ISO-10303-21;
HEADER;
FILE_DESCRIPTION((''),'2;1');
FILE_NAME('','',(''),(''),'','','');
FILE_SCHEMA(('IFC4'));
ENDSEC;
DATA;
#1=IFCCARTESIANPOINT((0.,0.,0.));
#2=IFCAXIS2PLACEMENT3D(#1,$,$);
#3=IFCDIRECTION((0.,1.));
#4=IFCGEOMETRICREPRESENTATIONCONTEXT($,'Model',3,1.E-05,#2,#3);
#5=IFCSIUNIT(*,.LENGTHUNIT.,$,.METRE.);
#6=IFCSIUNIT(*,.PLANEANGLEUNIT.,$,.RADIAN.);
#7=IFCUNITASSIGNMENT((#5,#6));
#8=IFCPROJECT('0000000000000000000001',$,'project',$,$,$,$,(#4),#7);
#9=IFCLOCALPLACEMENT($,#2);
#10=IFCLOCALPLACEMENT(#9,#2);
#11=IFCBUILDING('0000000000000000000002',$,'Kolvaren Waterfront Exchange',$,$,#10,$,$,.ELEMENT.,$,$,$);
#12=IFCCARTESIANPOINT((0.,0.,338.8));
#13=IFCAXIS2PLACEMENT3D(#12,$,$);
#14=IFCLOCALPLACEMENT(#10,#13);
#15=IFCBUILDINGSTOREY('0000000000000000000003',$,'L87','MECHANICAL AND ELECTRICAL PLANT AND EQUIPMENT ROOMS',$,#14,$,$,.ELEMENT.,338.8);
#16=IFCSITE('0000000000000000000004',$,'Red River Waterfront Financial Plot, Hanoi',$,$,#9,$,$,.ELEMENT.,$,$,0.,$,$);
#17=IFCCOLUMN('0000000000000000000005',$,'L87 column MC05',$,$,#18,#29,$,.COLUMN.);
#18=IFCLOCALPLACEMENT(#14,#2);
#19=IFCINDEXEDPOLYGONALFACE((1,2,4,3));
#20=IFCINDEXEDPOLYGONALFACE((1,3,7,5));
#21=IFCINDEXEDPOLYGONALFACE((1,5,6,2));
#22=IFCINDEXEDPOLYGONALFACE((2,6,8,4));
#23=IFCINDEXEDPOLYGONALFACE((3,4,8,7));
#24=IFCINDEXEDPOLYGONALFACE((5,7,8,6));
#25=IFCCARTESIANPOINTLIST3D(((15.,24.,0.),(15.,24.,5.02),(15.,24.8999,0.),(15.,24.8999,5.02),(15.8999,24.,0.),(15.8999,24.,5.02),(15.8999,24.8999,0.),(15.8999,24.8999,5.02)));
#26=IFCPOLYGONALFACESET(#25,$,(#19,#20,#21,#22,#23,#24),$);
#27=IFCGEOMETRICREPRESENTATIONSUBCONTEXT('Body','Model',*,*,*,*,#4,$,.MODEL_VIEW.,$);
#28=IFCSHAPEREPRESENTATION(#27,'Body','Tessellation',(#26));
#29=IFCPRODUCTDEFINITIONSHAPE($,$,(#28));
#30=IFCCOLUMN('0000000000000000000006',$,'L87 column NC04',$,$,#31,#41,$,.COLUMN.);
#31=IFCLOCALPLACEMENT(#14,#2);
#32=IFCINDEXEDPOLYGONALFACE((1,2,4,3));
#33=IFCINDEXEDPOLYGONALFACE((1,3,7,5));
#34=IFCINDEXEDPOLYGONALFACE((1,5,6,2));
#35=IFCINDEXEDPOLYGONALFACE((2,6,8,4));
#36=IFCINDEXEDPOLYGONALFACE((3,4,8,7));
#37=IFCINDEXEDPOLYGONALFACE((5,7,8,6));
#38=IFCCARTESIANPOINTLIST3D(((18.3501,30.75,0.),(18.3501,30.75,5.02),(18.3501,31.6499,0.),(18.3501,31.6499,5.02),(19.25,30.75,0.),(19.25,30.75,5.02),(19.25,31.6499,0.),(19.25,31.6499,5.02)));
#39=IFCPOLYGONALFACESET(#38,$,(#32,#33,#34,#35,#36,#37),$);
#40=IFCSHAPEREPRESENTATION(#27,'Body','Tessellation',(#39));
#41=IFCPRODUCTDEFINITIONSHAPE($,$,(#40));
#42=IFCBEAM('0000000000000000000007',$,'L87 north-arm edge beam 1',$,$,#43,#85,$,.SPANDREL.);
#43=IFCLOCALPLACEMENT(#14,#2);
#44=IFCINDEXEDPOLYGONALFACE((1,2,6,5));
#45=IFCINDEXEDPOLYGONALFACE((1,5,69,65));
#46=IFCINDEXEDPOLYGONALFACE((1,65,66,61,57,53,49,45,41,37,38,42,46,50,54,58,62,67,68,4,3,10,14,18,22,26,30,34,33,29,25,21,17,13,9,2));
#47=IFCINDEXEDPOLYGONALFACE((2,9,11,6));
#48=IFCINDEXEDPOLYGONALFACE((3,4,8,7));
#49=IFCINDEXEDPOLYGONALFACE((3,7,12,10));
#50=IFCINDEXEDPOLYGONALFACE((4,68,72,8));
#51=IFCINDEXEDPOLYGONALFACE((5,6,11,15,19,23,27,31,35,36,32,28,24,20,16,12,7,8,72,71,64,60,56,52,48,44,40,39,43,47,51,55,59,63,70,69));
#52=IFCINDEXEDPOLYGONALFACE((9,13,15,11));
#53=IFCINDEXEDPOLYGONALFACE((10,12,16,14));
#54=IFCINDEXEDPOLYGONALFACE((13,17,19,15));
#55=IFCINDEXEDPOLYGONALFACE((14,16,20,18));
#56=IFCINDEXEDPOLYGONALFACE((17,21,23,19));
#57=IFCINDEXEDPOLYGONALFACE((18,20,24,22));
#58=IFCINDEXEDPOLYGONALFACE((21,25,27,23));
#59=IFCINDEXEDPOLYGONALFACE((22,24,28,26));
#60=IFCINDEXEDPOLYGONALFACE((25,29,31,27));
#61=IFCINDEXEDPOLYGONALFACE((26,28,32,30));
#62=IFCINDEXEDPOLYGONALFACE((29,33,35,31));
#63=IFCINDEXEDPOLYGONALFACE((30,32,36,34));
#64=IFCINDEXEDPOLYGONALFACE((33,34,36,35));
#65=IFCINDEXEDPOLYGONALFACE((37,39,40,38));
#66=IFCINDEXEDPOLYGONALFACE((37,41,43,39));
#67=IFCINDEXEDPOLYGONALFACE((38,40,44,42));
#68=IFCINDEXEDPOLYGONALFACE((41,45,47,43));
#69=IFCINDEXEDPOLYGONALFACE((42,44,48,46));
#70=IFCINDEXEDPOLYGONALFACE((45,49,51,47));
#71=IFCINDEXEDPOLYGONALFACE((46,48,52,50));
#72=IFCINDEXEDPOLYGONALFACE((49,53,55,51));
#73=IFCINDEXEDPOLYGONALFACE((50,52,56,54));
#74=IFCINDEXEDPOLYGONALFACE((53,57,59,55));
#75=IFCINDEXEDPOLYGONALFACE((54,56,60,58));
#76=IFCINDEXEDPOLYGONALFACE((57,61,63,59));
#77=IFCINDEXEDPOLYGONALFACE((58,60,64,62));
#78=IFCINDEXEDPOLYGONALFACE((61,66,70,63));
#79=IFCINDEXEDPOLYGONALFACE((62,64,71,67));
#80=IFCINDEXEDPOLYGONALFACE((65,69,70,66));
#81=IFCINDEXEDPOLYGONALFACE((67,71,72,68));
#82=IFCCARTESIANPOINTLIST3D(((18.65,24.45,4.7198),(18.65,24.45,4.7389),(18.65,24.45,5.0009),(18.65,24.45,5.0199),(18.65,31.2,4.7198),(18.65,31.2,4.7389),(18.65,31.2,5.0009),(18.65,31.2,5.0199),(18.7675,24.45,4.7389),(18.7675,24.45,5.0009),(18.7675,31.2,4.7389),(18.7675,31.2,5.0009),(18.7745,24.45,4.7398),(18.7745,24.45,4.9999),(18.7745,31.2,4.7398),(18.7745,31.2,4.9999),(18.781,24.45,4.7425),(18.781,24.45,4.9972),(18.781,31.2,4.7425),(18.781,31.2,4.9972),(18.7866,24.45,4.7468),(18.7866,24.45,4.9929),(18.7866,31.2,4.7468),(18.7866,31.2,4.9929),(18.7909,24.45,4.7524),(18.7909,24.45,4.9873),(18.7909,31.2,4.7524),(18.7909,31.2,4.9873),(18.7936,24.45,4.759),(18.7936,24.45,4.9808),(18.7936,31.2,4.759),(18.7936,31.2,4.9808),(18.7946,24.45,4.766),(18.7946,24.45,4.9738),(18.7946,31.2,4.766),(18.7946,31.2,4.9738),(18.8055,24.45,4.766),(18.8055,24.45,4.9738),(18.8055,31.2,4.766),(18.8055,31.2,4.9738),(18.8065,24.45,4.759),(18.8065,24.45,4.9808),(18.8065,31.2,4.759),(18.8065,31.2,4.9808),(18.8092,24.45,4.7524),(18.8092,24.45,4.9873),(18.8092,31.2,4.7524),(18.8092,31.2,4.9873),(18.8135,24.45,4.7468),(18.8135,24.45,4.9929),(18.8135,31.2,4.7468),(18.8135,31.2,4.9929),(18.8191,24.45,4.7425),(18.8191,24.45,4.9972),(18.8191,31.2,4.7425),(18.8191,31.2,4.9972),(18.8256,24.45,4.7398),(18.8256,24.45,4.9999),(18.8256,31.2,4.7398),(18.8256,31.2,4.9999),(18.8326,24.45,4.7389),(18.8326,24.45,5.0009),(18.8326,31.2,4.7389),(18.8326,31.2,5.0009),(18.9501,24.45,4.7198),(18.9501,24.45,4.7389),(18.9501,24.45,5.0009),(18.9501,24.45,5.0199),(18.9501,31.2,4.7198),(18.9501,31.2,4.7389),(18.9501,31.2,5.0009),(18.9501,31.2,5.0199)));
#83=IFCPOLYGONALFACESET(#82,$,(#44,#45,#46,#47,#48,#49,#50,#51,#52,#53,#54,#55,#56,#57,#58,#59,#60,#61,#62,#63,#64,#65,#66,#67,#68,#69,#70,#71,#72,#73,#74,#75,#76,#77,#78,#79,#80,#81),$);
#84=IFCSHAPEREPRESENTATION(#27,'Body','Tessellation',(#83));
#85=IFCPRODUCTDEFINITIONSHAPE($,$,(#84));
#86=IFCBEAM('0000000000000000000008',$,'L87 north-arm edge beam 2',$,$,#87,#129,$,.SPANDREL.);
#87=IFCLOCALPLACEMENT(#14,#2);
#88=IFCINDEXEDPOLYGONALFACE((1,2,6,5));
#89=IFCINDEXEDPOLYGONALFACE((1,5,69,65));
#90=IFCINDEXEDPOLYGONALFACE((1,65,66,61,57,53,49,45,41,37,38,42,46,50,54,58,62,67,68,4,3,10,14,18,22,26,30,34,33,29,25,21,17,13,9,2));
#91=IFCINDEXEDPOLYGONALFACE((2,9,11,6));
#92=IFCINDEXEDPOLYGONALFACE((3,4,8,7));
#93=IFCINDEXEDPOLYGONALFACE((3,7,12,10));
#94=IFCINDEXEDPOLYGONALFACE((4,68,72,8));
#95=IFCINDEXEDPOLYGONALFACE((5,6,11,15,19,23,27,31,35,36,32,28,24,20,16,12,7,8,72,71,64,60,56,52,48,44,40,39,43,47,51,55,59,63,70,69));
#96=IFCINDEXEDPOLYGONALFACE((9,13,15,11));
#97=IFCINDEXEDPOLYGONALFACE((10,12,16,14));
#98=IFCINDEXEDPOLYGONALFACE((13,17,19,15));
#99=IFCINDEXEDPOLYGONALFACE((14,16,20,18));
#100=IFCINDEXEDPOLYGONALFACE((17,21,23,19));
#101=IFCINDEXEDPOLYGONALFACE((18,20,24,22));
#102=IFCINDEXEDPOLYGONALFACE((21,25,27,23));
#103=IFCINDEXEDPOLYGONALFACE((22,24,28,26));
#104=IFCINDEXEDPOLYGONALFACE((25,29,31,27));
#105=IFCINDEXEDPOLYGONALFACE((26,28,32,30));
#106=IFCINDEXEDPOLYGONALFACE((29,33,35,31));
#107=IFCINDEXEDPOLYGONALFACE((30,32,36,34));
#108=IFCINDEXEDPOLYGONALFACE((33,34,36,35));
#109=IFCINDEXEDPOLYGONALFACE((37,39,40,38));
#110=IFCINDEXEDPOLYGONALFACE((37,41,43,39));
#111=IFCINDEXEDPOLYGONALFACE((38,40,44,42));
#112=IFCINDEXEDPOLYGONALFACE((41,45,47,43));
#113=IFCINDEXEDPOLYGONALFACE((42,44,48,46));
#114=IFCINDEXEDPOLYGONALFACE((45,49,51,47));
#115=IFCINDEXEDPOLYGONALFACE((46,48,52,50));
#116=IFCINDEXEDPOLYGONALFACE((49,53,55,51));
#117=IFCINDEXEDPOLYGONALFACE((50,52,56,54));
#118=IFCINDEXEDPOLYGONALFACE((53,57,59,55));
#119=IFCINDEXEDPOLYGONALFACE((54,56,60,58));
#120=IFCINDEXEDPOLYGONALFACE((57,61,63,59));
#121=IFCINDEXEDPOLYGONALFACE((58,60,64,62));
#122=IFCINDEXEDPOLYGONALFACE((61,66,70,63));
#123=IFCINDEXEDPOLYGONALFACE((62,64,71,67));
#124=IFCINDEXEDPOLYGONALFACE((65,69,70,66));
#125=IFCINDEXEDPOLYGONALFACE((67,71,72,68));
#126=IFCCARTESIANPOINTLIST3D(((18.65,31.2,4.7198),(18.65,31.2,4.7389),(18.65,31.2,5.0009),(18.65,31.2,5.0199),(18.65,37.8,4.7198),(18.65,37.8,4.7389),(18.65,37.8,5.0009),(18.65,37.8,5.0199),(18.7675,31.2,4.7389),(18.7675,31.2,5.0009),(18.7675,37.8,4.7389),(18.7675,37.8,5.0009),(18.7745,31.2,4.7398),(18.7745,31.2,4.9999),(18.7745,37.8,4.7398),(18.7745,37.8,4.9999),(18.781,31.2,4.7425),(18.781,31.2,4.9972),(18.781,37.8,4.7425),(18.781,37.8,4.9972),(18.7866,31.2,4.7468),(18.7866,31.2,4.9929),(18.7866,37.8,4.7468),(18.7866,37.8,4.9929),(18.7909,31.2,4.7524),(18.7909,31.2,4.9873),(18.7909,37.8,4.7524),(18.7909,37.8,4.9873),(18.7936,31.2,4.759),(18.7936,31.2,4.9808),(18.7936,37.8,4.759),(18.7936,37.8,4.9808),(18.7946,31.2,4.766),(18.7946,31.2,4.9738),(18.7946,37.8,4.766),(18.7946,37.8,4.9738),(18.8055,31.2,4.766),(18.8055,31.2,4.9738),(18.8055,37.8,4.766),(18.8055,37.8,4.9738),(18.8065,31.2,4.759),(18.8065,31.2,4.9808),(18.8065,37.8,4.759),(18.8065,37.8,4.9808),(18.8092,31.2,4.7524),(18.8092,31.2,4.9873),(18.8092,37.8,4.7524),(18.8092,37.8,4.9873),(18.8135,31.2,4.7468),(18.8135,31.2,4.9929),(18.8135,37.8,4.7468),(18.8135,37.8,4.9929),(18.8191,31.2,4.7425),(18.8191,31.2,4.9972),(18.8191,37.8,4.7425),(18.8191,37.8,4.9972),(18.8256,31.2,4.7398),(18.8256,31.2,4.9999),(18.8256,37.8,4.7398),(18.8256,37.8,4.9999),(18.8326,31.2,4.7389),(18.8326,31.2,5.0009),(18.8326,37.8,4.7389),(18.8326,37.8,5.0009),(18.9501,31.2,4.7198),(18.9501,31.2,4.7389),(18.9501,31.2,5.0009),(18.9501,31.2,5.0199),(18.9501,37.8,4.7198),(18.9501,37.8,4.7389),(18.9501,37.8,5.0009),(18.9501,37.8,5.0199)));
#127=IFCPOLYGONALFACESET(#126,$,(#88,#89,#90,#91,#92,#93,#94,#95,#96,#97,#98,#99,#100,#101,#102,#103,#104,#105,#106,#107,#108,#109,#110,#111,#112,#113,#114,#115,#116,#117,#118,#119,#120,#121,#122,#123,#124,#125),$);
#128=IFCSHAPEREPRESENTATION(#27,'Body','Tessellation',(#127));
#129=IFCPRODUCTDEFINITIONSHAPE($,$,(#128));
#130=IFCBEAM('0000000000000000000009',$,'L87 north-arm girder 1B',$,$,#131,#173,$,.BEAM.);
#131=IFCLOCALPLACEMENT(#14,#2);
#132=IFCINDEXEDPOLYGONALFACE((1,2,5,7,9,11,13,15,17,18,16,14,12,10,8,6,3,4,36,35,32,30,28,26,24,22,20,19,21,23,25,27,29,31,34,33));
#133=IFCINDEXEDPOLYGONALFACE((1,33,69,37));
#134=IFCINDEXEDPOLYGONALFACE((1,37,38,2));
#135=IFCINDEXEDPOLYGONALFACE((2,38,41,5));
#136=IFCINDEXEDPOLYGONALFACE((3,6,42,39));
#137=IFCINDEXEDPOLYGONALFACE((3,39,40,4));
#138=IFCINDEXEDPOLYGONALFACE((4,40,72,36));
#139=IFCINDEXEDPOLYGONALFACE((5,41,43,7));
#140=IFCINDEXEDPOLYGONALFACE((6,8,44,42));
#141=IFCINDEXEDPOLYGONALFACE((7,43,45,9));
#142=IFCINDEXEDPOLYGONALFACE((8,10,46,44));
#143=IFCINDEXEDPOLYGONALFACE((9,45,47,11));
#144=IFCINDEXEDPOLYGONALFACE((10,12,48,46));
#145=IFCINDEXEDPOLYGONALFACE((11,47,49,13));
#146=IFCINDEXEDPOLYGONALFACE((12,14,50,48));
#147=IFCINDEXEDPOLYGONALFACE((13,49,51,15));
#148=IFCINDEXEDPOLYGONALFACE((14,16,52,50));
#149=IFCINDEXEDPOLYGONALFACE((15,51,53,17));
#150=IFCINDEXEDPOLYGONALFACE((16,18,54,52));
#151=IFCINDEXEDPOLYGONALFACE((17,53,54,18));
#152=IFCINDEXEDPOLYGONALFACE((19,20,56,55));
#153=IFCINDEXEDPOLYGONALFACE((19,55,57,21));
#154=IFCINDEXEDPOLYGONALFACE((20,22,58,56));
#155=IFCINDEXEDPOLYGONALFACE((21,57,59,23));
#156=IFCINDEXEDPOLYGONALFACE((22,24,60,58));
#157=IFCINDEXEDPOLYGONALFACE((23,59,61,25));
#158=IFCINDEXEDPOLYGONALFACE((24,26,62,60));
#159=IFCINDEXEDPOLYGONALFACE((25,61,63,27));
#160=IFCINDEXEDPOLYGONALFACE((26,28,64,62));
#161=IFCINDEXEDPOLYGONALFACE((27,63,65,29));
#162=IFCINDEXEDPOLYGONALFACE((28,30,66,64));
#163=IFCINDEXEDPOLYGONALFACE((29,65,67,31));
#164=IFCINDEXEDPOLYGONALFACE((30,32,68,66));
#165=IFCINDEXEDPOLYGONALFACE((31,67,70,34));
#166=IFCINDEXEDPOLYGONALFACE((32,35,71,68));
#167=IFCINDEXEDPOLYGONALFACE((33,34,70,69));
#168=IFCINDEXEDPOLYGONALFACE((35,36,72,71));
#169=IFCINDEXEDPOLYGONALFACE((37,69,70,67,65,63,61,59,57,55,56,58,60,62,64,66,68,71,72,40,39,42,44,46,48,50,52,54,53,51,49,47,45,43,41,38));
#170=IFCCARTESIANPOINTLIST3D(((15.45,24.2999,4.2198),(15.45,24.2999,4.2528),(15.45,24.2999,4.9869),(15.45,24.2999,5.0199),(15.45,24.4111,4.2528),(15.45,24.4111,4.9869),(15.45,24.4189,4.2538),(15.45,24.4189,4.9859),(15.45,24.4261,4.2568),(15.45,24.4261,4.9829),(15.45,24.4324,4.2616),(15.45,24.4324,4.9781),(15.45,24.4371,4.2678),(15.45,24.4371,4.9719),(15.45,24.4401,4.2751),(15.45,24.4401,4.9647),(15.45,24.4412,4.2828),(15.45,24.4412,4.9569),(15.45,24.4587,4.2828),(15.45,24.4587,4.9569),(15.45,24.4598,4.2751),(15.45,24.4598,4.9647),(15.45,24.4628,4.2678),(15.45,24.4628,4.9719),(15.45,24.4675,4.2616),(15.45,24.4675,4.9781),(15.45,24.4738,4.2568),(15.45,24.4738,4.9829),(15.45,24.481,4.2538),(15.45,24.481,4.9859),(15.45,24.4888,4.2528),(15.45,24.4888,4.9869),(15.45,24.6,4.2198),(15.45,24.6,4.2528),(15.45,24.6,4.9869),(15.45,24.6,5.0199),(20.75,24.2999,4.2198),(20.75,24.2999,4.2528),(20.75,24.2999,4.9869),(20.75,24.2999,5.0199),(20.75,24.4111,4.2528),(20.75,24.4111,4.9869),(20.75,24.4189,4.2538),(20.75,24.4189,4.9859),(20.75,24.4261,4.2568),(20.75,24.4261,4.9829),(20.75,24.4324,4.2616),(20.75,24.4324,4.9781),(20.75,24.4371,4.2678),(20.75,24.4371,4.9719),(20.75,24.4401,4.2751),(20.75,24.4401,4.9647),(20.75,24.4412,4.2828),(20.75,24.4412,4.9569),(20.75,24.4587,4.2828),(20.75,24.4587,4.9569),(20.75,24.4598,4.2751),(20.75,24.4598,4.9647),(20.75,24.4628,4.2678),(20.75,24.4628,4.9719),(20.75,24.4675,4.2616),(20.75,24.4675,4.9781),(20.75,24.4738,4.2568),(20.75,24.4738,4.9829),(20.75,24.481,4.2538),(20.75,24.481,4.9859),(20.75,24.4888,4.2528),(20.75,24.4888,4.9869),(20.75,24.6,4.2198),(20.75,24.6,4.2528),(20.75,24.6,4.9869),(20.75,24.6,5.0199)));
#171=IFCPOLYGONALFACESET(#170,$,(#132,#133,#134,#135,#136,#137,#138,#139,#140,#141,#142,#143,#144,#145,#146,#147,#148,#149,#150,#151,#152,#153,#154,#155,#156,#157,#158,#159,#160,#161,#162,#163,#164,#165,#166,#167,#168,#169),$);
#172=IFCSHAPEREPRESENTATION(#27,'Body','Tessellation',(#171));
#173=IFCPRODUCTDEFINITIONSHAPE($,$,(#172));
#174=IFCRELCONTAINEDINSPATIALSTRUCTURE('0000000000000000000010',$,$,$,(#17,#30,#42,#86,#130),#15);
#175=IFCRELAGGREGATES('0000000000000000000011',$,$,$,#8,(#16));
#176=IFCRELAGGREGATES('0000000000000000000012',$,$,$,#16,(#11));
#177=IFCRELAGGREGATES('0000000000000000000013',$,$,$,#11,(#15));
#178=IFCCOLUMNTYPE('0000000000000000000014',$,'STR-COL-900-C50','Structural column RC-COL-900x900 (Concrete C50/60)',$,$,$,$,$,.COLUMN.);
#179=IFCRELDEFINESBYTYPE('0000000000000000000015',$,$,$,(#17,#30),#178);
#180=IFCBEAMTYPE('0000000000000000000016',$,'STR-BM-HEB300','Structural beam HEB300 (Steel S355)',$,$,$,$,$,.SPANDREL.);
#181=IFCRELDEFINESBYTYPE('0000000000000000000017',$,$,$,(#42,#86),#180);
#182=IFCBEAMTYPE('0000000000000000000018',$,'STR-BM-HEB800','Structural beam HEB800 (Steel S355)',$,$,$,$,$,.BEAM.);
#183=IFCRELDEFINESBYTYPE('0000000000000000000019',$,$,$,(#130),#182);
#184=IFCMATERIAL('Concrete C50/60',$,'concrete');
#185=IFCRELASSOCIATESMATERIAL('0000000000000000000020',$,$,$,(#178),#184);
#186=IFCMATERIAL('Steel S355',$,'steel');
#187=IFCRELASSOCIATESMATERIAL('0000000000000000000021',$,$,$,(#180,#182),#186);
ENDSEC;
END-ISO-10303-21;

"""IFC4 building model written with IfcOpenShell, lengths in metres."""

from ifc_helpers import new_model, si_unit, direction, frame, origin, origin_2d, place, context, subcontext, project, spatial, rectangle, i_section, extrude, material, material_profile, profile_set, type_object, element, save


model = new_model("IFC4")

# Units and contexts
model_context = context("Model", 3, precision=1e-05, world=origin(), true_north=direction((0.0, 1.0)))
body_context = subcontext(model_context, "Body", "Model", "MODEL_VIEW")
ifc_project = project(units=[si_unit("LENGTHUNIT", "METRE"), si_unit("PLANEANGLEUNIT", "RADIAN")], contexts=[model_context])

# Site, building, storey
site_placement = place(None, origin())
site = spatial("IfcSite", under=ifc_project, at=site_placement, Name="Red River Waterfront Financial Plot, Hanoi", CompositionType="ELEMENT", RefElevation=0.0)
building_placement = place(site_placement, origin())
building = spatial("IfcBuilding", under=site, at=building_placement, Name="Kolvaren Waterfront Exchange", CompositionType="ELEMENT")
storey_placement = place(building_placement, frame((0.0, 0.0, 338.8)))
storey = spatial("IfcBuildingStorey", under=building, at=storey_placement, Name="L87", Description="MECHANICAL AND ELECTRICAL PLANT AND EQUIPMENT ROOMS", CompositionType="ELEMENT", Elevation=338.8)

# Columns
ifc_material_1 = material(Name="Concrete C50/60", Category="concrete")
ifc_material_profile_1 = material_profile(ifc_material_1, rectangle(XDim=0.8999, YDim=0.8999, at=origin_2d()), Name="RC-COL-900x900")
ifc_profile_set_1 = profile_set([ifc_material_profile_1], Name="Concrete C50/60")
column_type = type_object("IfcColumnType", Name="STR-COL-900-C50", Description="Structural column RC-COL-900x900 (Concrete C50/60)", PredefinedType="COLUMN", material=ifc_profile_set_1)
for number, where, z_axis, x_axis, name in (
    (1, (15.45, 24.45, 0.0), (0.0, 0.0, 1.0), (1.0, 0.0, 0.0), "L87 column MC05"),
    (2, (18.8, 31.2, 0.0), (0.0, 0.0, 1.0), (1.0, 0.0, 0.0), "L87 column NC04"),
):
    element("IfcColumn", number, at=place(storey_placement, frame(where, z_axis=z_axis, x_axis=x_axis)), inside=storey, type_object=column_type, Name=name, PredefinedType="COLUMN", context=body_context, shape_type="SweptSolid", body=[
        extrude(rectangle(XDim=0.8999, YDim=0.8999, at=origin_2d()), origin(), (0.0, 0.0, 1.0), 5.02),
    ])

# Beams
ifc_material_2 = material(Name="Steel S355", Category="steel")
ifc_material_profile_2 = material_profile(ifc_material_2, i_section(OverallWidth=0.3, OverallDepth=0.3, WebThickness=0.011, FlangeThickness=0.019, FilletRadius=0.0271, at=origin_2d()), Name="HEB300")
ifc_profile_set_2 = profile_set([ifc_material_profile_2], Name="Steel S355")
beam_type_1 = type_object("IfcBeamType", Name="STR-BM-HEB300", Description="Structural beam HEB300 (Steel S355)", PredefinedType="SPANDREL", material=ifc_profile_set_2)
beam_1_placement = place(storey_placement, frame((18.8, 24.45, 4.8699), z_axis=(0.0, 1.0, 0.0), x_axis=(-1.0, 0.0, 0.0)))
element("IfcBeam", 3, at=beam_1_placement, inside=storey, type_object=beam_type_1, Name="L87 north-arm edge beam 1", PredefinedType="SPANDREL", context=body_context, shape_type="SweptSolid", body=[
    extrude(i_section(OverallWidth=0.3, OverallDepth=0.3, WebThickness=0.011, FlangeThickness=0.019, FilletRadius=0.0271, at=origin_2d()), origin(), (0.0, 0.0, 1.0), 6.75),
])
beam_2_placement = place(storey_placement, frame((18.8, 31.2, 4.8699), z_axis=(0.0, 1.0, 0.0), x_axis=(-1.0, 0.0, 0.0)))
element("IfcBeam", 4, at=beam_2_placement, inside=storey, type_object=beam_type_1, Name="L87 north-arm edge beam 2", PredefinedType="SPANDREL", context=body_context, shape_type="SweptSolid", body=[
    extrude(i_section(OverallWidth=0.3, OverallDepth=0.3, WebThickness=0.011, FlangeThickness=0.019, FilletRadius=0.0271, at=origin_2d()), origin(), (0.0, 0.0, 1.0), 6.6001),
])
ifc_material_profile_3 = material_profile(ifc_material_2, i_section(OverallWidth=0.3, OverallDepth=0.8, WebThickness=0.0176, FlangeThickness=0.033, FilletRadius=0.03, at=origin_2d()), Name="HEB800")
ifc_profile_set_3 = profile_set([ifc_material_profile_3], Name="Steel S355")
beam_type_2 = type_object("IfcBeamType", Name="STR-BM-HEB800", Description="Structural beam HEB800 (Steel S355)", PredefinedType="BEAM", material=ifc_profile_set_3)
beam_3_placement = place(storey_placement, frame((15.45, 24.45, 4.6199), z_axis=(1.0, 0.0, 0.0), x_axis=(0.0, 1.0, 0.0)))
element("IfcBeam", 5, at=beam_3_placement, inside=storey, type_object=beam_type_2, Name="L87 north-arm girder 1B", PredefinedType="BEAM", context=body_context, shape_type="SweptSolid", body=[
    extrude(i_section(OverallWidth=0.3, OverallDepth=0.8, WebThickness=0.0176, FlangeThickness=0.033, FilletRadius=0.03, at=origin_2d()), origin(), (0.0, 0.0, 1.0), 5.3),
])

save(model, "model.ifc")
